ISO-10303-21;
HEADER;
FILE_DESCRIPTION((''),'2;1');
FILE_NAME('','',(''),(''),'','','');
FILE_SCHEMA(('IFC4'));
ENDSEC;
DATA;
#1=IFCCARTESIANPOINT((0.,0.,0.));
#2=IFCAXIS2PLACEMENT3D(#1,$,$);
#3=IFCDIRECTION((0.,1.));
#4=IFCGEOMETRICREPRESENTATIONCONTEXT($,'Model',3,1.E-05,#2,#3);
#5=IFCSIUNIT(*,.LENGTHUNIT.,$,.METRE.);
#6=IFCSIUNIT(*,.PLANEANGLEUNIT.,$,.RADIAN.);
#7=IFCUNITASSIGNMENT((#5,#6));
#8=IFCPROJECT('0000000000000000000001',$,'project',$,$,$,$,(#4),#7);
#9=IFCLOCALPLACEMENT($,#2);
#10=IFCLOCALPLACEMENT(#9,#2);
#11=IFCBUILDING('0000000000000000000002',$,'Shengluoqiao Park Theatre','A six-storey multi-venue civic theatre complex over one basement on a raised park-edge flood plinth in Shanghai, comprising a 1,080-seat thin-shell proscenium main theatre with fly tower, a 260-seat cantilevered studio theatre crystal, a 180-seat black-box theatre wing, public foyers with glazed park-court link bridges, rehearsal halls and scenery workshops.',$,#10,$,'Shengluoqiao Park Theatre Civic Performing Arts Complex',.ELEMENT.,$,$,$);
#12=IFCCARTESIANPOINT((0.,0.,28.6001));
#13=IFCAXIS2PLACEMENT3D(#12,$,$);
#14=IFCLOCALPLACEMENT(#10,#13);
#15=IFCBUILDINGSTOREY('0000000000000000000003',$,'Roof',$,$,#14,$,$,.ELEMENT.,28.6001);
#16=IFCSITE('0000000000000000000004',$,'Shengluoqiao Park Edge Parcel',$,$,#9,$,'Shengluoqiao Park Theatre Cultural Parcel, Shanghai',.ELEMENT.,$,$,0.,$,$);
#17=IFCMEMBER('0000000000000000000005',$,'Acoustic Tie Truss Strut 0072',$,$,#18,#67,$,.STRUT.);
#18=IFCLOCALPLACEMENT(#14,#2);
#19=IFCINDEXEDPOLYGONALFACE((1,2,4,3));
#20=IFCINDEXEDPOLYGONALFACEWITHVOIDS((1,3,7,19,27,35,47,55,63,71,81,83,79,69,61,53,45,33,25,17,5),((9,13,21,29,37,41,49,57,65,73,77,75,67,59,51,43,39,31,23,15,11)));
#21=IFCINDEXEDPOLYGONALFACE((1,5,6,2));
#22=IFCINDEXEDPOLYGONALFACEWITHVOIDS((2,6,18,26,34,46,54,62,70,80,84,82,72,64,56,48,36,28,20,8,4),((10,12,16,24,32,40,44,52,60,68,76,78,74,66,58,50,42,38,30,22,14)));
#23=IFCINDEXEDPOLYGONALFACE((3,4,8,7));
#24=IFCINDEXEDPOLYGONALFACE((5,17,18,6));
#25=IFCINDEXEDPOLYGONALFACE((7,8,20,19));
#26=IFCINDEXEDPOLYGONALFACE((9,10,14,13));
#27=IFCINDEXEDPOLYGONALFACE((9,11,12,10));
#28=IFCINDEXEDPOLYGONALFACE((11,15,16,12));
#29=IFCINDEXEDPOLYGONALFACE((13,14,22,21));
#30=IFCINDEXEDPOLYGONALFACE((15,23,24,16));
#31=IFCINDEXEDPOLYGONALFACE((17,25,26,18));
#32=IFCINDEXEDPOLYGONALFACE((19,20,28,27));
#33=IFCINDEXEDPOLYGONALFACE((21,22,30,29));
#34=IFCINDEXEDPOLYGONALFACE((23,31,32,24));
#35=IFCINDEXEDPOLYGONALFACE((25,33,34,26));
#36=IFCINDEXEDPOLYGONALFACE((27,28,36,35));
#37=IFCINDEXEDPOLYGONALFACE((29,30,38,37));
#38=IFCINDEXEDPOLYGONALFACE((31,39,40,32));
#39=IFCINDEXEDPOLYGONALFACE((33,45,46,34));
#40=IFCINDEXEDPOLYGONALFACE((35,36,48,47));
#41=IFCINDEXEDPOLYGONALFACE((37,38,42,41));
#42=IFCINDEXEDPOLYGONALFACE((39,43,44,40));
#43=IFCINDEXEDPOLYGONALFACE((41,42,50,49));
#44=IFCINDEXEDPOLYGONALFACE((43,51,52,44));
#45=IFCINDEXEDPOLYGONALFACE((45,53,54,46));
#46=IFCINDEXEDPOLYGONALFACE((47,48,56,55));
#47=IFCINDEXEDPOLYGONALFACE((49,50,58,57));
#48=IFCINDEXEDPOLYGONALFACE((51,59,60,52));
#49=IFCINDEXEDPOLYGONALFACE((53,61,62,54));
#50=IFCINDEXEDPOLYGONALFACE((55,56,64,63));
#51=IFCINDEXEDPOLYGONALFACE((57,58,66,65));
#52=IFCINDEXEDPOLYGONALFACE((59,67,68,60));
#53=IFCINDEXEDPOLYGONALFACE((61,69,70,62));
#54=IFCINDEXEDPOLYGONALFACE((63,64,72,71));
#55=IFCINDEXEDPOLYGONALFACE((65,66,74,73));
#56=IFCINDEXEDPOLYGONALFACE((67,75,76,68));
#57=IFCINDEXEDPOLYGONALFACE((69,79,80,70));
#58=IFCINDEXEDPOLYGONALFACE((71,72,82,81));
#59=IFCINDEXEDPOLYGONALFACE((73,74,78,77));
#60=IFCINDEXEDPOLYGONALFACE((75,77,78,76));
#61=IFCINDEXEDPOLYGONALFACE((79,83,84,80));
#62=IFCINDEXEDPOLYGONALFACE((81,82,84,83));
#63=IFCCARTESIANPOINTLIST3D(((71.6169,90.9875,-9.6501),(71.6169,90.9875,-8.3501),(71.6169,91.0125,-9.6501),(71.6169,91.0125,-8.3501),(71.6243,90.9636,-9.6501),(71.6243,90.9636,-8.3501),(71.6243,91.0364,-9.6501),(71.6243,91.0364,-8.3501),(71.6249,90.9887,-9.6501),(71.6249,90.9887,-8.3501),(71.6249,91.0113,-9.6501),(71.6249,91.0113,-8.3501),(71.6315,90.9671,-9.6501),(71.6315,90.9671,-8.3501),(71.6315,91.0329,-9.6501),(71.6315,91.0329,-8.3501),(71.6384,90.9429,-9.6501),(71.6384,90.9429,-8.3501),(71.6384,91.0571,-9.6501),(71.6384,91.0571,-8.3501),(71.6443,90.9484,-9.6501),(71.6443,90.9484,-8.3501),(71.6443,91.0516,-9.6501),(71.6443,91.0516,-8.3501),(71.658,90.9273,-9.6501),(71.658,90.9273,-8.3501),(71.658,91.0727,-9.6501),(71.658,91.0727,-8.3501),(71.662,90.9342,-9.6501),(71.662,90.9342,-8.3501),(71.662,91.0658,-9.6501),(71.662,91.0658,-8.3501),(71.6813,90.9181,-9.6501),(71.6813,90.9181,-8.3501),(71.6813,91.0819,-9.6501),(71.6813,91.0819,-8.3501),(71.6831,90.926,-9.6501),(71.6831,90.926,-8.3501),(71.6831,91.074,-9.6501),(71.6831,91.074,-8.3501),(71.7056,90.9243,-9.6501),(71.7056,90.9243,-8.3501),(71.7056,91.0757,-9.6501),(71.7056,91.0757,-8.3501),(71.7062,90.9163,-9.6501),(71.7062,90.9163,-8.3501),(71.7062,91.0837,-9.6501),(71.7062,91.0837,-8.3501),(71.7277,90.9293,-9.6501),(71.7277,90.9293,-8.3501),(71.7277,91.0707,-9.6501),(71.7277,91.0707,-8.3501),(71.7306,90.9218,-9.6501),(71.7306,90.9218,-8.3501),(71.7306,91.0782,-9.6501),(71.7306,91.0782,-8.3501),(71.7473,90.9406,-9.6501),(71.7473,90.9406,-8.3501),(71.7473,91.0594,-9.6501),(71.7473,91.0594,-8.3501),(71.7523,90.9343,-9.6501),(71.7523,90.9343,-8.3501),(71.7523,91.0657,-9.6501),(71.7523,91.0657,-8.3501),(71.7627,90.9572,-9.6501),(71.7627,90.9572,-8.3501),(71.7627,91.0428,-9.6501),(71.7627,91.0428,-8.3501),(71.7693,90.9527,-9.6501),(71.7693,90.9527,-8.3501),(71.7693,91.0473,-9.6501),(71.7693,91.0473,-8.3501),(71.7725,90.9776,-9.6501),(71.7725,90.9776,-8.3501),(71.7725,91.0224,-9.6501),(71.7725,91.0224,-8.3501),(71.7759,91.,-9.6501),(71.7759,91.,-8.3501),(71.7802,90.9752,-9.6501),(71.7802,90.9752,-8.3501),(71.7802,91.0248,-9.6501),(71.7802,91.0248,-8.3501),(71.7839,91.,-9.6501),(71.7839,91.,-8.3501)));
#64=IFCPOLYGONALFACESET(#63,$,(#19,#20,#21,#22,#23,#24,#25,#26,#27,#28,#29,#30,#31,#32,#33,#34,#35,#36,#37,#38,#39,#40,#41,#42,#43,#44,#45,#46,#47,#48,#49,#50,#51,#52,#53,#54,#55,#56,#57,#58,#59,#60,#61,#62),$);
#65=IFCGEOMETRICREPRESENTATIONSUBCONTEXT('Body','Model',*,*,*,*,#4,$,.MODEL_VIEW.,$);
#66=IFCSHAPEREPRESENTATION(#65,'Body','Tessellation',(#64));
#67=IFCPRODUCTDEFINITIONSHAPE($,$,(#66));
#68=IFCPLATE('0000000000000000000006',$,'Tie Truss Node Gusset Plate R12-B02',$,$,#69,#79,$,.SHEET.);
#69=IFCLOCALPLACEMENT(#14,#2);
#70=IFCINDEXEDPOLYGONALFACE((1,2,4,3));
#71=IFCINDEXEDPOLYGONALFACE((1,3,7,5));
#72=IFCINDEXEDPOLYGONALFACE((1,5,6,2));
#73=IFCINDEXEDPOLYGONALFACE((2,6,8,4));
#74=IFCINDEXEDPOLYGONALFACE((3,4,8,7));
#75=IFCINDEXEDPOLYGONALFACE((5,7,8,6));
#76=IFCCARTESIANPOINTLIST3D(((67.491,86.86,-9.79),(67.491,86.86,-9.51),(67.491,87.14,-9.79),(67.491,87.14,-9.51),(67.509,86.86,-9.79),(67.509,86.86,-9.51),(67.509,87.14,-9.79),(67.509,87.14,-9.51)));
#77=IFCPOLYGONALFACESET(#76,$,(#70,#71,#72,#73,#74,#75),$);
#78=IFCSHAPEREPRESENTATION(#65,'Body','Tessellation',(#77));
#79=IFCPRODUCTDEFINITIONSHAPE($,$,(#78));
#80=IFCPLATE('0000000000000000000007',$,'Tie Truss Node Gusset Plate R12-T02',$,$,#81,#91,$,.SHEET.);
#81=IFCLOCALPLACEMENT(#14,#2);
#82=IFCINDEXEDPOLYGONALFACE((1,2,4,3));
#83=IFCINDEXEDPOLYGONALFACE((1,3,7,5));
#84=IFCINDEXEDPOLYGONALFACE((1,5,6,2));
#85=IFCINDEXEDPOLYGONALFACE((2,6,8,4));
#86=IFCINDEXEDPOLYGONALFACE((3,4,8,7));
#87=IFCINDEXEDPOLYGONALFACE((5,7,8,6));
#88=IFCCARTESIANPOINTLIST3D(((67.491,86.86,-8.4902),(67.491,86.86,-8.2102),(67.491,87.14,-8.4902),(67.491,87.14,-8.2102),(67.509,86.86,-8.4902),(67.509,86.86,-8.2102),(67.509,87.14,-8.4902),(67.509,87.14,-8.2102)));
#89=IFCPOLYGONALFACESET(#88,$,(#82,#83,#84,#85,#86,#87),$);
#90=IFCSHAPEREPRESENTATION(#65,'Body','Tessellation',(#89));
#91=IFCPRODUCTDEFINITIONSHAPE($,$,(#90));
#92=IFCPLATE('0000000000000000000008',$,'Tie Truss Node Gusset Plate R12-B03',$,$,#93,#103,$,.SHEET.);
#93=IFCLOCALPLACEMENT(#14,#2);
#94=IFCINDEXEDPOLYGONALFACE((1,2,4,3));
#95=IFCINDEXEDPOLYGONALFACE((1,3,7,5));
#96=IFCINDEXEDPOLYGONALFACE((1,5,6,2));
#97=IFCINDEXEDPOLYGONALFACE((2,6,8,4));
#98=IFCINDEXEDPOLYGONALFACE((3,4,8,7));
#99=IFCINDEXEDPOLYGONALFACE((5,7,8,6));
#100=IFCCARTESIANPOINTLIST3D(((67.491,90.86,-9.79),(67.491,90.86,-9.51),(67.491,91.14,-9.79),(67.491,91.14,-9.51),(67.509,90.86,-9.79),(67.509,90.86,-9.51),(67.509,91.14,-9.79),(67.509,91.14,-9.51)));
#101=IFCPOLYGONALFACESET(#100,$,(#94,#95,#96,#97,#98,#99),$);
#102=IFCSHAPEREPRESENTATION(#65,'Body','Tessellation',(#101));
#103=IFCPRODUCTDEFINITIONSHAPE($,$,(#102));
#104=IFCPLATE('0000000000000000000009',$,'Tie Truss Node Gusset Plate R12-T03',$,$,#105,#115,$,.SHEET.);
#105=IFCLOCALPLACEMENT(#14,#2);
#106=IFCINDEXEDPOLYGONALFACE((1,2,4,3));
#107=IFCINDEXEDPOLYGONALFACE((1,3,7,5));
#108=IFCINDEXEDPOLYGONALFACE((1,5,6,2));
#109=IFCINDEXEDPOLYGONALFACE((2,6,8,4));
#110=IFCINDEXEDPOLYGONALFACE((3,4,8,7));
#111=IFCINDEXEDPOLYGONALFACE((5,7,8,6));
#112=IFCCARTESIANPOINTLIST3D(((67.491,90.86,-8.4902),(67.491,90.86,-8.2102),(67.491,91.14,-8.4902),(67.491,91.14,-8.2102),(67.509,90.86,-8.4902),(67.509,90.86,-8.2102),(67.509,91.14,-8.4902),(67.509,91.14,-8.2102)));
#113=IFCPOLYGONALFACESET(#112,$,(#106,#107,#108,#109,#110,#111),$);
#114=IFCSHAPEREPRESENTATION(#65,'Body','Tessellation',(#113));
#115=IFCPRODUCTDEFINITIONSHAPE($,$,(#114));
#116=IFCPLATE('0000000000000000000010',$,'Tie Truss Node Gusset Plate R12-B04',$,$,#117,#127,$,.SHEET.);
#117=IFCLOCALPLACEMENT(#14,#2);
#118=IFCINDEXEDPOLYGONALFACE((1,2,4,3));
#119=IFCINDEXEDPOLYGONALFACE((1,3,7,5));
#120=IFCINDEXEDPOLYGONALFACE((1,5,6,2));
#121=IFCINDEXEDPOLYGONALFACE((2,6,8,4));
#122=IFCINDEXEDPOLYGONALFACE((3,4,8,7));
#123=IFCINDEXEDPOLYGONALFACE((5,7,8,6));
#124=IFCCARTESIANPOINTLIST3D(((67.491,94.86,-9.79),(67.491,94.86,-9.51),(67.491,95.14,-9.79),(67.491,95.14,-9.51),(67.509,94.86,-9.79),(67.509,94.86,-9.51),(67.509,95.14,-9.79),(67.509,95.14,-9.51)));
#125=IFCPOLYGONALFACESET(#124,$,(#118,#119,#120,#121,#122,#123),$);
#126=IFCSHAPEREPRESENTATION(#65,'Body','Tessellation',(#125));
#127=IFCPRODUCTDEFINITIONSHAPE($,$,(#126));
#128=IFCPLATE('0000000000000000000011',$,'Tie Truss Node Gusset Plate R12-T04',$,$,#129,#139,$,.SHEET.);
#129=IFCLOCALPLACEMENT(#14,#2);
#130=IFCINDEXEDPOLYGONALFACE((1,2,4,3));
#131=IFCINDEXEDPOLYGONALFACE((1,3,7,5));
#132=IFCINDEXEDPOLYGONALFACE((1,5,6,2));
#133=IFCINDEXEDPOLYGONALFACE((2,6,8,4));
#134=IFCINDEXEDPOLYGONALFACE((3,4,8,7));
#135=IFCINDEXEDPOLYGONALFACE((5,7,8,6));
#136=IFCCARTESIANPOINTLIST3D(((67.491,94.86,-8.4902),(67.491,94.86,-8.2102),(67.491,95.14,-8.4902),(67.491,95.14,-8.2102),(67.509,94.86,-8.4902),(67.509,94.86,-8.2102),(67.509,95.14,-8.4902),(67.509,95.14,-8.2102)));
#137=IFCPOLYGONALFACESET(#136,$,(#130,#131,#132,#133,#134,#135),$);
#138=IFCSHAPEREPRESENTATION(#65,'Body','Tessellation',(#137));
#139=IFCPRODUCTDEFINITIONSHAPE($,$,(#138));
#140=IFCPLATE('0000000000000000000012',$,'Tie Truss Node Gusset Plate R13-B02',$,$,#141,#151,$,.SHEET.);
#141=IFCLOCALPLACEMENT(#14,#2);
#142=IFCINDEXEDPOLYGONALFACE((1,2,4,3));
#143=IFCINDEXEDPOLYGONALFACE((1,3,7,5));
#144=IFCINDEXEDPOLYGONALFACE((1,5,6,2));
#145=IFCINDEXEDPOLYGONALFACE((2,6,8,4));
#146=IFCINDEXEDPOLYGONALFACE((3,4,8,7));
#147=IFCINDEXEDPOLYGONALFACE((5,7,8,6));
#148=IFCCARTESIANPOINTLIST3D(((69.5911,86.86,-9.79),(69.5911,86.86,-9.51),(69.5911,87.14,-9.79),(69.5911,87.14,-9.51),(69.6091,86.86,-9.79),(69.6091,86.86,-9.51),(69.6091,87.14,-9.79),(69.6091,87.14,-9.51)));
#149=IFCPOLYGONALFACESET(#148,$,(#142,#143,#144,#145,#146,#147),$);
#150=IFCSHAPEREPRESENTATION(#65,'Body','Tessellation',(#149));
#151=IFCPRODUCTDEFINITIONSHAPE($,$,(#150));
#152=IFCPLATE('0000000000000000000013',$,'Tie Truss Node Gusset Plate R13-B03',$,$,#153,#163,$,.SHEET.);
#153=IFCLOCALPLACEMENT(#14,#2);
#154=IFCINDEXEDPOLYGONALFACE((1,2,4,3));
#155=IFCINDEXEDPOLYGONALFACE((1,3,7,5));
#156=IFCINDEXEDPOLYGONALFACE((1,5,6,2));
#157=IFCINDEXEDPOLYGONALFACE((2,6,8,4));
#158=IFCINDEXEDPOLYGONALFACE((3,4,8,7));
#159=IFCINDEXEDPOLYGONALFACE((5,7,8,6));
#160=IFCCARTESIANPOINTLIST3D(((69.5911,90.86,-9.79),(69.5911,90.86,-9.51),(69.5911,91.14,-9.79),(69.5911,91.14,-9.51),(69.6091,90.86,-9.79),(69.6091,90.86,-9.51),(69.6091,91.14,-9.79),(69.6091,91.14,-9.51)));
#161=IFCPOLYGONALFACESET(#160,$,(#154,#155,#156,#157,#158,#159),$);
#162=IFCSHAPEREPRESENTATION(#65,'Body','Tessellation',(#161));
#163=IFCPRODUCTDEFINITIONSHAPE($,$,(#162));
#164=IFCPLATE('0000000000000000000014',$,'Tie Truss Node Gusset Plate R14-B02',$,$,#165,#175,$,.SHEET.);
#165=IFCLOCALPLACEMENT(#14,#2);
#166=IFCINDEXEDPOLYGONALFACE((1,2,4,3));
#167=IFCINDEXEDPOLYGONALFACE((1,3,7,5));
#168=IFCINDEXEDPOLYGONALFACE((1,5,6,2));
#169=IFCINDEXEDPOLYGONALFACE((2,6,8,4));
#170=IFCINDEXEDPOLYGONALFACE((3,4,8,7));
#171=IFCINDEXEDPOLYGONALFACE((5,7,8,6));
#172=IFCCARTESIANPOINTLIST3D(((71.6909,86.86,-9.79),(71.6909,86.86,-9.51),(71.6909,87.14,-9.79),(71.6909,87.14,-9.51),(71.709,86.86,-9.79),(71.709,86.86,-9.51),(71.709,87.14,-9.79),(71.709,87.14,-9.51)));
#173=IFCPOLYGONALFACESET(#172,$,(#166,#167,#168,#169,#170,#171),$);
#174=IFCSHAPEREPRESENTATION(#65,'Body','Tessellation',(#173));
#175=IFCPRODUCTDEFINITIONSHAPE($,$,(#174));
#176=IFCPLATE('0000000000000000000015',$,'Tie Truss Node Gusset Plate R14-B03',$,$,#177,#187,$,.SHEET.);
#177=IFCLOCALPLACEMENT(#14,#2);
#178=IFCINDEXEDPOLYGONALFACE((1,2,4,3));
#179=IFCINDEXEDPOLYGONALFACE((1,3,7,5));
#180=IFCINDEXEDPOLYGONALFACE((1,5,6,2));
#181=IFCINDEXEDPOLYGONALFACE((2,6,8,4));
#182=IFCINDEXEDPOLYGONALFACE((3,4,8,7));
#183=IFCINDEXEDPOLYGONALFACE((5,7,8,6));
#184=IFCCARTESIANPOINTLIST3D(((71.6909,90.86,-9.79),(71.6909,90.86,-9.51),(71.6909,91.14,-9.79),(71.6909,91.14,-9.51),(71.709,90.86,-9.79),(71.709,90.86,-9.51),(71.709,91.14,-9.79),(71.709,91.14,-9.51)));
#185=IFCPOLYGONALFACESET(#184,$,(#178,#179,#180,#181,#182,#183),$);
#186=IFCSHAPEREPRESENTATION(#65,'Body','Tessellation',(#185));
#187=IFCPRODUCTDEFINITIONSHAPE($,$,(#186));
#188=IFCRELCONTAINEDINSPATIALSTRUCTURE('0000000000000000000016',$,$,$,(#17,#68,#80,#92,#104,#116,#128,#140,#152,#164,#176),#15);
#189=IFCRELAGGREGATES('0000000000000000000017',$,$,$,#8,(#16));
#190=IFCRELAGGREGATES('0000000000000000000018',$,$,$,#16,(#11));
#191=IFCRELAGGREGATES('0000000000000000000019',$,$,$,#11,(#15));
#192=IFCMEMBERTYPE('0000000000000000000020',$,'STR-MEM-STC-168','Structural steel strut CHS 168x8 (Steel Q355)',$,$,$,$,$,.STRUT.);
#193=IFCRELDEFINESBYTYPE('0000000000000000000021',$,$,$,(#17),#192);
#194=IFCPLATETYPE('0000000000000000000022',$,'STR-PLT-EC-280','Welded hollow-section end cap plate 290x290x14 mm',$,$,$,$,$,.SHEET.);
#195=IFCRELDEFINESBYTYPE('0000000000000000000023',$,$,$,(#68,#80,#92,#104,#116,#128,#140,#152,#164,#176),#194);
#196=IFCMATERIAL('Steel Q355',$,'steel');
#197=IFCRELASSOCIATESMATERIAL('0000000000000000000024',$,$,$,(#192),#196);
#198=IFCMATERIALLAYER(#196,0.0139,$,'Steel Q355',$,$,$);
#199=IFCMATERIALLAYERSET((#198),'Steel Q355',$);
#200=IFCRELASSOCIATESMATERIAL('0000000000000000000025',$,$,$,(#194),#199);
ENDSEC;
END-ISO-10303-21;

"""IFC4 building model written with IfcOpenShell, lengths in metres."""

from ifc_helpers import new_model, si_unit, direction, frame, origin, origin_2d, place, context, subcontext, project, spatial, rectangle, hollow_circle, extrude, material, layer, layer_set, material_profile, profile_set, type_object, element, save


model = new_model("IFC4")

# Units and contexts
model_context = context("Model", 3, precision=1e-05, world=origin(), true_north=direction((0.0, 1.0)))
body_context = subcontext(model_context, "Body", "Model", "MODEL_VIEW")
ifc_project = project(units=[si_unit("LENGTHUNIT", "METRE"), si_unit("PLANEANGLEUNIT", "RADIAN")], contexts=[model_context])

# Site, building, storey
site_placement = place(None, origin())
site = spatial("IfcSite", under=ifc_project, at=site_placement, Name="Shengluoqiao Park Edge Parcel", LongName="Shengluoqiao Park Theatre Cultural Parcel, Shanghai", CompositionType="ELEMENT", RefElevation=0.0)
building_placement = place(site_placement, origin())
building = spatial("IfcBuilding", under=site, at=building_placement, Name="Shengluoqiao Park Theatre", Description="A six-storey multi-venue civic theatre complex over one basement on a raised park-edge flood plinth in Shanghai, comprising a 1,080-seat thin-shell proscenium main theatre with fly tower, a 260-seat cantilevered studio theatre crystal, a 180-seat black-box theatre wing, public foyers with glazed park-court link bridges, rehearsal halls and scenery workshops.", LongName="Shengluoqiao Park Theatre Civic Performing Arts Complex", CompositionType="ELEMENT")
storey_placement = place(building_placement, frame((0.0, 0.0, 28.6001)))
storey = spatial("IfcBuildingStorey", under=building, at=storey_placement, Name="Roof", CompositionType="ELEMENT", Elevation=28.6001)

# Shared definitions
ifc_material = material(Name="Steel Q355", Category="steel")

# Member
ifc_material_profile_1 = material_profile(ifc_material, hollow_circle(Radius=0.084, WallThickness=0.0081, at=origin_2d()), Name="CHS 168x8")
ifc_profile_set_1 = profile_set([ifc_material_profile_1], Name="Steel Q355")
member_type_1 = type_object("IfcMemberType", Name="STR-MEM-STC-168", Description="Structural steel strut CHS 168x8 (Steel Q355)", PredefinedType="STRUT", material=ifc_profile_set_1)
for number, where, z_axis, x_axis, name in (
    (1, (71.7, 91.0, -9.6501), (0.0, 0.0, 1.0), (1.0, 0.0, 0.0), "Acoustic Tie Truss Strut 0072"),
):
    element("IfcMember", number, at=place(storey_placement, frame(where, z_axis=z_axis, x_axis=x_axis)), inside=storey, type_object=member_type_1, Name=name, PredefinedType="STRUT", context=body_context, shape_type="SweptSolid", body=[
        extrude(hollow_circle(Radius=0.084, WallThickness=0.0081, at=origin_2d()), origin(), (0.0, 0.0, 1.0), 1.3),
    ])

# Plates
ifc_layer = layer(ifc_material, 0.0139, Name="Steel Q355")
ifc_layer_set = layer_set([ifc_layer], Name="Steel Q355")
plate_type = type_object("IfcPlateType", Name="STR-PLT-EC-280", Description="Welded hollow-section end cap plate 290x290x14 mm", PredefinedType="SHEET", material=ifc_layer_set)
for number, where, z_axis, x_axis, name in (
    (2, (67.5, 87.0, -9.79), (0.0, 0.0, 1.0), (1.0, 0.0, 0.0), "Tie Truss Node Gusset Plate R12-B02"),
    (3, (67.5, 87.0, -8.4902), (0.0, 0.0, 1.0), (1.0, 0.0, 0.0), "Tie Truss Node Gusset Plate R12-T02"),
    (4, (67.5, 91.0, -9.79), (0.0, 0.0, 1.0), (1.0, 0.0, 0.0), "Tie Truss Node Gusset Plate R12-B03"),
    (5, (67.5, 91.0, -8.4902), (0.0, 0.0, 1.0), (1.0, 0.0, 0.0), "Tie Truss Node Gusset Plate R12-T03"),
    (6, (67.5, 95.0, -9.79), (0.0, 0.0, 1.0), (1.0, 0.0, 0.0), "Tie Truss Node Gusset Plate R12-B04"),
    (7, (67.5, 95.0, -8.4902), (0.0, 0.0, 1.0), (1.0, 0.0, 0.0), "Tie Truss Node Gusset Plate R12-T04"),
    (8, (69.6001, 87.0, -9.79), (0.0, 0.0, 1.0), (1.0, 0.0, 0.0), "Tie Truss Node Gusset Plate R13-B02"),
    (9, (69.6001, 91.0, -9.79), (0.0, 0.0, 1.0), (1.0, 0.0, 0.0), "Tie Truss Node Gusset Plate R13-B03"),
    (10, (71.7, 87.0, -9.79), (0.0, 0.0, 1.0), (1.0, 0.0, 0.0), "Tie Truss Node Gusset Plate R14-B02"),
    (11, (71.7, 91.0, -9.79), (0.0, 0.0, 1.0), (1.0, 0.0, 0.0), "Tie Truss Node Gusset Plate R14-B03"),
):
    element("IfcPlate", number, at=place(storey_placement, frame(where, z_axis=z_axis, x_axis=x_axis)), inside=storey, type_object=plate_type, Name=name, PredefinedType="SHEET", context=body_context, shape_type="SweptSolid", body=[
        extrude(rectangle(XDim=0.0181, YDim=0.28, at=origin_2d()), origin(), (0.0, 0.0, 1.0), 0.28),
    ])

save(model, "model.ifc")
